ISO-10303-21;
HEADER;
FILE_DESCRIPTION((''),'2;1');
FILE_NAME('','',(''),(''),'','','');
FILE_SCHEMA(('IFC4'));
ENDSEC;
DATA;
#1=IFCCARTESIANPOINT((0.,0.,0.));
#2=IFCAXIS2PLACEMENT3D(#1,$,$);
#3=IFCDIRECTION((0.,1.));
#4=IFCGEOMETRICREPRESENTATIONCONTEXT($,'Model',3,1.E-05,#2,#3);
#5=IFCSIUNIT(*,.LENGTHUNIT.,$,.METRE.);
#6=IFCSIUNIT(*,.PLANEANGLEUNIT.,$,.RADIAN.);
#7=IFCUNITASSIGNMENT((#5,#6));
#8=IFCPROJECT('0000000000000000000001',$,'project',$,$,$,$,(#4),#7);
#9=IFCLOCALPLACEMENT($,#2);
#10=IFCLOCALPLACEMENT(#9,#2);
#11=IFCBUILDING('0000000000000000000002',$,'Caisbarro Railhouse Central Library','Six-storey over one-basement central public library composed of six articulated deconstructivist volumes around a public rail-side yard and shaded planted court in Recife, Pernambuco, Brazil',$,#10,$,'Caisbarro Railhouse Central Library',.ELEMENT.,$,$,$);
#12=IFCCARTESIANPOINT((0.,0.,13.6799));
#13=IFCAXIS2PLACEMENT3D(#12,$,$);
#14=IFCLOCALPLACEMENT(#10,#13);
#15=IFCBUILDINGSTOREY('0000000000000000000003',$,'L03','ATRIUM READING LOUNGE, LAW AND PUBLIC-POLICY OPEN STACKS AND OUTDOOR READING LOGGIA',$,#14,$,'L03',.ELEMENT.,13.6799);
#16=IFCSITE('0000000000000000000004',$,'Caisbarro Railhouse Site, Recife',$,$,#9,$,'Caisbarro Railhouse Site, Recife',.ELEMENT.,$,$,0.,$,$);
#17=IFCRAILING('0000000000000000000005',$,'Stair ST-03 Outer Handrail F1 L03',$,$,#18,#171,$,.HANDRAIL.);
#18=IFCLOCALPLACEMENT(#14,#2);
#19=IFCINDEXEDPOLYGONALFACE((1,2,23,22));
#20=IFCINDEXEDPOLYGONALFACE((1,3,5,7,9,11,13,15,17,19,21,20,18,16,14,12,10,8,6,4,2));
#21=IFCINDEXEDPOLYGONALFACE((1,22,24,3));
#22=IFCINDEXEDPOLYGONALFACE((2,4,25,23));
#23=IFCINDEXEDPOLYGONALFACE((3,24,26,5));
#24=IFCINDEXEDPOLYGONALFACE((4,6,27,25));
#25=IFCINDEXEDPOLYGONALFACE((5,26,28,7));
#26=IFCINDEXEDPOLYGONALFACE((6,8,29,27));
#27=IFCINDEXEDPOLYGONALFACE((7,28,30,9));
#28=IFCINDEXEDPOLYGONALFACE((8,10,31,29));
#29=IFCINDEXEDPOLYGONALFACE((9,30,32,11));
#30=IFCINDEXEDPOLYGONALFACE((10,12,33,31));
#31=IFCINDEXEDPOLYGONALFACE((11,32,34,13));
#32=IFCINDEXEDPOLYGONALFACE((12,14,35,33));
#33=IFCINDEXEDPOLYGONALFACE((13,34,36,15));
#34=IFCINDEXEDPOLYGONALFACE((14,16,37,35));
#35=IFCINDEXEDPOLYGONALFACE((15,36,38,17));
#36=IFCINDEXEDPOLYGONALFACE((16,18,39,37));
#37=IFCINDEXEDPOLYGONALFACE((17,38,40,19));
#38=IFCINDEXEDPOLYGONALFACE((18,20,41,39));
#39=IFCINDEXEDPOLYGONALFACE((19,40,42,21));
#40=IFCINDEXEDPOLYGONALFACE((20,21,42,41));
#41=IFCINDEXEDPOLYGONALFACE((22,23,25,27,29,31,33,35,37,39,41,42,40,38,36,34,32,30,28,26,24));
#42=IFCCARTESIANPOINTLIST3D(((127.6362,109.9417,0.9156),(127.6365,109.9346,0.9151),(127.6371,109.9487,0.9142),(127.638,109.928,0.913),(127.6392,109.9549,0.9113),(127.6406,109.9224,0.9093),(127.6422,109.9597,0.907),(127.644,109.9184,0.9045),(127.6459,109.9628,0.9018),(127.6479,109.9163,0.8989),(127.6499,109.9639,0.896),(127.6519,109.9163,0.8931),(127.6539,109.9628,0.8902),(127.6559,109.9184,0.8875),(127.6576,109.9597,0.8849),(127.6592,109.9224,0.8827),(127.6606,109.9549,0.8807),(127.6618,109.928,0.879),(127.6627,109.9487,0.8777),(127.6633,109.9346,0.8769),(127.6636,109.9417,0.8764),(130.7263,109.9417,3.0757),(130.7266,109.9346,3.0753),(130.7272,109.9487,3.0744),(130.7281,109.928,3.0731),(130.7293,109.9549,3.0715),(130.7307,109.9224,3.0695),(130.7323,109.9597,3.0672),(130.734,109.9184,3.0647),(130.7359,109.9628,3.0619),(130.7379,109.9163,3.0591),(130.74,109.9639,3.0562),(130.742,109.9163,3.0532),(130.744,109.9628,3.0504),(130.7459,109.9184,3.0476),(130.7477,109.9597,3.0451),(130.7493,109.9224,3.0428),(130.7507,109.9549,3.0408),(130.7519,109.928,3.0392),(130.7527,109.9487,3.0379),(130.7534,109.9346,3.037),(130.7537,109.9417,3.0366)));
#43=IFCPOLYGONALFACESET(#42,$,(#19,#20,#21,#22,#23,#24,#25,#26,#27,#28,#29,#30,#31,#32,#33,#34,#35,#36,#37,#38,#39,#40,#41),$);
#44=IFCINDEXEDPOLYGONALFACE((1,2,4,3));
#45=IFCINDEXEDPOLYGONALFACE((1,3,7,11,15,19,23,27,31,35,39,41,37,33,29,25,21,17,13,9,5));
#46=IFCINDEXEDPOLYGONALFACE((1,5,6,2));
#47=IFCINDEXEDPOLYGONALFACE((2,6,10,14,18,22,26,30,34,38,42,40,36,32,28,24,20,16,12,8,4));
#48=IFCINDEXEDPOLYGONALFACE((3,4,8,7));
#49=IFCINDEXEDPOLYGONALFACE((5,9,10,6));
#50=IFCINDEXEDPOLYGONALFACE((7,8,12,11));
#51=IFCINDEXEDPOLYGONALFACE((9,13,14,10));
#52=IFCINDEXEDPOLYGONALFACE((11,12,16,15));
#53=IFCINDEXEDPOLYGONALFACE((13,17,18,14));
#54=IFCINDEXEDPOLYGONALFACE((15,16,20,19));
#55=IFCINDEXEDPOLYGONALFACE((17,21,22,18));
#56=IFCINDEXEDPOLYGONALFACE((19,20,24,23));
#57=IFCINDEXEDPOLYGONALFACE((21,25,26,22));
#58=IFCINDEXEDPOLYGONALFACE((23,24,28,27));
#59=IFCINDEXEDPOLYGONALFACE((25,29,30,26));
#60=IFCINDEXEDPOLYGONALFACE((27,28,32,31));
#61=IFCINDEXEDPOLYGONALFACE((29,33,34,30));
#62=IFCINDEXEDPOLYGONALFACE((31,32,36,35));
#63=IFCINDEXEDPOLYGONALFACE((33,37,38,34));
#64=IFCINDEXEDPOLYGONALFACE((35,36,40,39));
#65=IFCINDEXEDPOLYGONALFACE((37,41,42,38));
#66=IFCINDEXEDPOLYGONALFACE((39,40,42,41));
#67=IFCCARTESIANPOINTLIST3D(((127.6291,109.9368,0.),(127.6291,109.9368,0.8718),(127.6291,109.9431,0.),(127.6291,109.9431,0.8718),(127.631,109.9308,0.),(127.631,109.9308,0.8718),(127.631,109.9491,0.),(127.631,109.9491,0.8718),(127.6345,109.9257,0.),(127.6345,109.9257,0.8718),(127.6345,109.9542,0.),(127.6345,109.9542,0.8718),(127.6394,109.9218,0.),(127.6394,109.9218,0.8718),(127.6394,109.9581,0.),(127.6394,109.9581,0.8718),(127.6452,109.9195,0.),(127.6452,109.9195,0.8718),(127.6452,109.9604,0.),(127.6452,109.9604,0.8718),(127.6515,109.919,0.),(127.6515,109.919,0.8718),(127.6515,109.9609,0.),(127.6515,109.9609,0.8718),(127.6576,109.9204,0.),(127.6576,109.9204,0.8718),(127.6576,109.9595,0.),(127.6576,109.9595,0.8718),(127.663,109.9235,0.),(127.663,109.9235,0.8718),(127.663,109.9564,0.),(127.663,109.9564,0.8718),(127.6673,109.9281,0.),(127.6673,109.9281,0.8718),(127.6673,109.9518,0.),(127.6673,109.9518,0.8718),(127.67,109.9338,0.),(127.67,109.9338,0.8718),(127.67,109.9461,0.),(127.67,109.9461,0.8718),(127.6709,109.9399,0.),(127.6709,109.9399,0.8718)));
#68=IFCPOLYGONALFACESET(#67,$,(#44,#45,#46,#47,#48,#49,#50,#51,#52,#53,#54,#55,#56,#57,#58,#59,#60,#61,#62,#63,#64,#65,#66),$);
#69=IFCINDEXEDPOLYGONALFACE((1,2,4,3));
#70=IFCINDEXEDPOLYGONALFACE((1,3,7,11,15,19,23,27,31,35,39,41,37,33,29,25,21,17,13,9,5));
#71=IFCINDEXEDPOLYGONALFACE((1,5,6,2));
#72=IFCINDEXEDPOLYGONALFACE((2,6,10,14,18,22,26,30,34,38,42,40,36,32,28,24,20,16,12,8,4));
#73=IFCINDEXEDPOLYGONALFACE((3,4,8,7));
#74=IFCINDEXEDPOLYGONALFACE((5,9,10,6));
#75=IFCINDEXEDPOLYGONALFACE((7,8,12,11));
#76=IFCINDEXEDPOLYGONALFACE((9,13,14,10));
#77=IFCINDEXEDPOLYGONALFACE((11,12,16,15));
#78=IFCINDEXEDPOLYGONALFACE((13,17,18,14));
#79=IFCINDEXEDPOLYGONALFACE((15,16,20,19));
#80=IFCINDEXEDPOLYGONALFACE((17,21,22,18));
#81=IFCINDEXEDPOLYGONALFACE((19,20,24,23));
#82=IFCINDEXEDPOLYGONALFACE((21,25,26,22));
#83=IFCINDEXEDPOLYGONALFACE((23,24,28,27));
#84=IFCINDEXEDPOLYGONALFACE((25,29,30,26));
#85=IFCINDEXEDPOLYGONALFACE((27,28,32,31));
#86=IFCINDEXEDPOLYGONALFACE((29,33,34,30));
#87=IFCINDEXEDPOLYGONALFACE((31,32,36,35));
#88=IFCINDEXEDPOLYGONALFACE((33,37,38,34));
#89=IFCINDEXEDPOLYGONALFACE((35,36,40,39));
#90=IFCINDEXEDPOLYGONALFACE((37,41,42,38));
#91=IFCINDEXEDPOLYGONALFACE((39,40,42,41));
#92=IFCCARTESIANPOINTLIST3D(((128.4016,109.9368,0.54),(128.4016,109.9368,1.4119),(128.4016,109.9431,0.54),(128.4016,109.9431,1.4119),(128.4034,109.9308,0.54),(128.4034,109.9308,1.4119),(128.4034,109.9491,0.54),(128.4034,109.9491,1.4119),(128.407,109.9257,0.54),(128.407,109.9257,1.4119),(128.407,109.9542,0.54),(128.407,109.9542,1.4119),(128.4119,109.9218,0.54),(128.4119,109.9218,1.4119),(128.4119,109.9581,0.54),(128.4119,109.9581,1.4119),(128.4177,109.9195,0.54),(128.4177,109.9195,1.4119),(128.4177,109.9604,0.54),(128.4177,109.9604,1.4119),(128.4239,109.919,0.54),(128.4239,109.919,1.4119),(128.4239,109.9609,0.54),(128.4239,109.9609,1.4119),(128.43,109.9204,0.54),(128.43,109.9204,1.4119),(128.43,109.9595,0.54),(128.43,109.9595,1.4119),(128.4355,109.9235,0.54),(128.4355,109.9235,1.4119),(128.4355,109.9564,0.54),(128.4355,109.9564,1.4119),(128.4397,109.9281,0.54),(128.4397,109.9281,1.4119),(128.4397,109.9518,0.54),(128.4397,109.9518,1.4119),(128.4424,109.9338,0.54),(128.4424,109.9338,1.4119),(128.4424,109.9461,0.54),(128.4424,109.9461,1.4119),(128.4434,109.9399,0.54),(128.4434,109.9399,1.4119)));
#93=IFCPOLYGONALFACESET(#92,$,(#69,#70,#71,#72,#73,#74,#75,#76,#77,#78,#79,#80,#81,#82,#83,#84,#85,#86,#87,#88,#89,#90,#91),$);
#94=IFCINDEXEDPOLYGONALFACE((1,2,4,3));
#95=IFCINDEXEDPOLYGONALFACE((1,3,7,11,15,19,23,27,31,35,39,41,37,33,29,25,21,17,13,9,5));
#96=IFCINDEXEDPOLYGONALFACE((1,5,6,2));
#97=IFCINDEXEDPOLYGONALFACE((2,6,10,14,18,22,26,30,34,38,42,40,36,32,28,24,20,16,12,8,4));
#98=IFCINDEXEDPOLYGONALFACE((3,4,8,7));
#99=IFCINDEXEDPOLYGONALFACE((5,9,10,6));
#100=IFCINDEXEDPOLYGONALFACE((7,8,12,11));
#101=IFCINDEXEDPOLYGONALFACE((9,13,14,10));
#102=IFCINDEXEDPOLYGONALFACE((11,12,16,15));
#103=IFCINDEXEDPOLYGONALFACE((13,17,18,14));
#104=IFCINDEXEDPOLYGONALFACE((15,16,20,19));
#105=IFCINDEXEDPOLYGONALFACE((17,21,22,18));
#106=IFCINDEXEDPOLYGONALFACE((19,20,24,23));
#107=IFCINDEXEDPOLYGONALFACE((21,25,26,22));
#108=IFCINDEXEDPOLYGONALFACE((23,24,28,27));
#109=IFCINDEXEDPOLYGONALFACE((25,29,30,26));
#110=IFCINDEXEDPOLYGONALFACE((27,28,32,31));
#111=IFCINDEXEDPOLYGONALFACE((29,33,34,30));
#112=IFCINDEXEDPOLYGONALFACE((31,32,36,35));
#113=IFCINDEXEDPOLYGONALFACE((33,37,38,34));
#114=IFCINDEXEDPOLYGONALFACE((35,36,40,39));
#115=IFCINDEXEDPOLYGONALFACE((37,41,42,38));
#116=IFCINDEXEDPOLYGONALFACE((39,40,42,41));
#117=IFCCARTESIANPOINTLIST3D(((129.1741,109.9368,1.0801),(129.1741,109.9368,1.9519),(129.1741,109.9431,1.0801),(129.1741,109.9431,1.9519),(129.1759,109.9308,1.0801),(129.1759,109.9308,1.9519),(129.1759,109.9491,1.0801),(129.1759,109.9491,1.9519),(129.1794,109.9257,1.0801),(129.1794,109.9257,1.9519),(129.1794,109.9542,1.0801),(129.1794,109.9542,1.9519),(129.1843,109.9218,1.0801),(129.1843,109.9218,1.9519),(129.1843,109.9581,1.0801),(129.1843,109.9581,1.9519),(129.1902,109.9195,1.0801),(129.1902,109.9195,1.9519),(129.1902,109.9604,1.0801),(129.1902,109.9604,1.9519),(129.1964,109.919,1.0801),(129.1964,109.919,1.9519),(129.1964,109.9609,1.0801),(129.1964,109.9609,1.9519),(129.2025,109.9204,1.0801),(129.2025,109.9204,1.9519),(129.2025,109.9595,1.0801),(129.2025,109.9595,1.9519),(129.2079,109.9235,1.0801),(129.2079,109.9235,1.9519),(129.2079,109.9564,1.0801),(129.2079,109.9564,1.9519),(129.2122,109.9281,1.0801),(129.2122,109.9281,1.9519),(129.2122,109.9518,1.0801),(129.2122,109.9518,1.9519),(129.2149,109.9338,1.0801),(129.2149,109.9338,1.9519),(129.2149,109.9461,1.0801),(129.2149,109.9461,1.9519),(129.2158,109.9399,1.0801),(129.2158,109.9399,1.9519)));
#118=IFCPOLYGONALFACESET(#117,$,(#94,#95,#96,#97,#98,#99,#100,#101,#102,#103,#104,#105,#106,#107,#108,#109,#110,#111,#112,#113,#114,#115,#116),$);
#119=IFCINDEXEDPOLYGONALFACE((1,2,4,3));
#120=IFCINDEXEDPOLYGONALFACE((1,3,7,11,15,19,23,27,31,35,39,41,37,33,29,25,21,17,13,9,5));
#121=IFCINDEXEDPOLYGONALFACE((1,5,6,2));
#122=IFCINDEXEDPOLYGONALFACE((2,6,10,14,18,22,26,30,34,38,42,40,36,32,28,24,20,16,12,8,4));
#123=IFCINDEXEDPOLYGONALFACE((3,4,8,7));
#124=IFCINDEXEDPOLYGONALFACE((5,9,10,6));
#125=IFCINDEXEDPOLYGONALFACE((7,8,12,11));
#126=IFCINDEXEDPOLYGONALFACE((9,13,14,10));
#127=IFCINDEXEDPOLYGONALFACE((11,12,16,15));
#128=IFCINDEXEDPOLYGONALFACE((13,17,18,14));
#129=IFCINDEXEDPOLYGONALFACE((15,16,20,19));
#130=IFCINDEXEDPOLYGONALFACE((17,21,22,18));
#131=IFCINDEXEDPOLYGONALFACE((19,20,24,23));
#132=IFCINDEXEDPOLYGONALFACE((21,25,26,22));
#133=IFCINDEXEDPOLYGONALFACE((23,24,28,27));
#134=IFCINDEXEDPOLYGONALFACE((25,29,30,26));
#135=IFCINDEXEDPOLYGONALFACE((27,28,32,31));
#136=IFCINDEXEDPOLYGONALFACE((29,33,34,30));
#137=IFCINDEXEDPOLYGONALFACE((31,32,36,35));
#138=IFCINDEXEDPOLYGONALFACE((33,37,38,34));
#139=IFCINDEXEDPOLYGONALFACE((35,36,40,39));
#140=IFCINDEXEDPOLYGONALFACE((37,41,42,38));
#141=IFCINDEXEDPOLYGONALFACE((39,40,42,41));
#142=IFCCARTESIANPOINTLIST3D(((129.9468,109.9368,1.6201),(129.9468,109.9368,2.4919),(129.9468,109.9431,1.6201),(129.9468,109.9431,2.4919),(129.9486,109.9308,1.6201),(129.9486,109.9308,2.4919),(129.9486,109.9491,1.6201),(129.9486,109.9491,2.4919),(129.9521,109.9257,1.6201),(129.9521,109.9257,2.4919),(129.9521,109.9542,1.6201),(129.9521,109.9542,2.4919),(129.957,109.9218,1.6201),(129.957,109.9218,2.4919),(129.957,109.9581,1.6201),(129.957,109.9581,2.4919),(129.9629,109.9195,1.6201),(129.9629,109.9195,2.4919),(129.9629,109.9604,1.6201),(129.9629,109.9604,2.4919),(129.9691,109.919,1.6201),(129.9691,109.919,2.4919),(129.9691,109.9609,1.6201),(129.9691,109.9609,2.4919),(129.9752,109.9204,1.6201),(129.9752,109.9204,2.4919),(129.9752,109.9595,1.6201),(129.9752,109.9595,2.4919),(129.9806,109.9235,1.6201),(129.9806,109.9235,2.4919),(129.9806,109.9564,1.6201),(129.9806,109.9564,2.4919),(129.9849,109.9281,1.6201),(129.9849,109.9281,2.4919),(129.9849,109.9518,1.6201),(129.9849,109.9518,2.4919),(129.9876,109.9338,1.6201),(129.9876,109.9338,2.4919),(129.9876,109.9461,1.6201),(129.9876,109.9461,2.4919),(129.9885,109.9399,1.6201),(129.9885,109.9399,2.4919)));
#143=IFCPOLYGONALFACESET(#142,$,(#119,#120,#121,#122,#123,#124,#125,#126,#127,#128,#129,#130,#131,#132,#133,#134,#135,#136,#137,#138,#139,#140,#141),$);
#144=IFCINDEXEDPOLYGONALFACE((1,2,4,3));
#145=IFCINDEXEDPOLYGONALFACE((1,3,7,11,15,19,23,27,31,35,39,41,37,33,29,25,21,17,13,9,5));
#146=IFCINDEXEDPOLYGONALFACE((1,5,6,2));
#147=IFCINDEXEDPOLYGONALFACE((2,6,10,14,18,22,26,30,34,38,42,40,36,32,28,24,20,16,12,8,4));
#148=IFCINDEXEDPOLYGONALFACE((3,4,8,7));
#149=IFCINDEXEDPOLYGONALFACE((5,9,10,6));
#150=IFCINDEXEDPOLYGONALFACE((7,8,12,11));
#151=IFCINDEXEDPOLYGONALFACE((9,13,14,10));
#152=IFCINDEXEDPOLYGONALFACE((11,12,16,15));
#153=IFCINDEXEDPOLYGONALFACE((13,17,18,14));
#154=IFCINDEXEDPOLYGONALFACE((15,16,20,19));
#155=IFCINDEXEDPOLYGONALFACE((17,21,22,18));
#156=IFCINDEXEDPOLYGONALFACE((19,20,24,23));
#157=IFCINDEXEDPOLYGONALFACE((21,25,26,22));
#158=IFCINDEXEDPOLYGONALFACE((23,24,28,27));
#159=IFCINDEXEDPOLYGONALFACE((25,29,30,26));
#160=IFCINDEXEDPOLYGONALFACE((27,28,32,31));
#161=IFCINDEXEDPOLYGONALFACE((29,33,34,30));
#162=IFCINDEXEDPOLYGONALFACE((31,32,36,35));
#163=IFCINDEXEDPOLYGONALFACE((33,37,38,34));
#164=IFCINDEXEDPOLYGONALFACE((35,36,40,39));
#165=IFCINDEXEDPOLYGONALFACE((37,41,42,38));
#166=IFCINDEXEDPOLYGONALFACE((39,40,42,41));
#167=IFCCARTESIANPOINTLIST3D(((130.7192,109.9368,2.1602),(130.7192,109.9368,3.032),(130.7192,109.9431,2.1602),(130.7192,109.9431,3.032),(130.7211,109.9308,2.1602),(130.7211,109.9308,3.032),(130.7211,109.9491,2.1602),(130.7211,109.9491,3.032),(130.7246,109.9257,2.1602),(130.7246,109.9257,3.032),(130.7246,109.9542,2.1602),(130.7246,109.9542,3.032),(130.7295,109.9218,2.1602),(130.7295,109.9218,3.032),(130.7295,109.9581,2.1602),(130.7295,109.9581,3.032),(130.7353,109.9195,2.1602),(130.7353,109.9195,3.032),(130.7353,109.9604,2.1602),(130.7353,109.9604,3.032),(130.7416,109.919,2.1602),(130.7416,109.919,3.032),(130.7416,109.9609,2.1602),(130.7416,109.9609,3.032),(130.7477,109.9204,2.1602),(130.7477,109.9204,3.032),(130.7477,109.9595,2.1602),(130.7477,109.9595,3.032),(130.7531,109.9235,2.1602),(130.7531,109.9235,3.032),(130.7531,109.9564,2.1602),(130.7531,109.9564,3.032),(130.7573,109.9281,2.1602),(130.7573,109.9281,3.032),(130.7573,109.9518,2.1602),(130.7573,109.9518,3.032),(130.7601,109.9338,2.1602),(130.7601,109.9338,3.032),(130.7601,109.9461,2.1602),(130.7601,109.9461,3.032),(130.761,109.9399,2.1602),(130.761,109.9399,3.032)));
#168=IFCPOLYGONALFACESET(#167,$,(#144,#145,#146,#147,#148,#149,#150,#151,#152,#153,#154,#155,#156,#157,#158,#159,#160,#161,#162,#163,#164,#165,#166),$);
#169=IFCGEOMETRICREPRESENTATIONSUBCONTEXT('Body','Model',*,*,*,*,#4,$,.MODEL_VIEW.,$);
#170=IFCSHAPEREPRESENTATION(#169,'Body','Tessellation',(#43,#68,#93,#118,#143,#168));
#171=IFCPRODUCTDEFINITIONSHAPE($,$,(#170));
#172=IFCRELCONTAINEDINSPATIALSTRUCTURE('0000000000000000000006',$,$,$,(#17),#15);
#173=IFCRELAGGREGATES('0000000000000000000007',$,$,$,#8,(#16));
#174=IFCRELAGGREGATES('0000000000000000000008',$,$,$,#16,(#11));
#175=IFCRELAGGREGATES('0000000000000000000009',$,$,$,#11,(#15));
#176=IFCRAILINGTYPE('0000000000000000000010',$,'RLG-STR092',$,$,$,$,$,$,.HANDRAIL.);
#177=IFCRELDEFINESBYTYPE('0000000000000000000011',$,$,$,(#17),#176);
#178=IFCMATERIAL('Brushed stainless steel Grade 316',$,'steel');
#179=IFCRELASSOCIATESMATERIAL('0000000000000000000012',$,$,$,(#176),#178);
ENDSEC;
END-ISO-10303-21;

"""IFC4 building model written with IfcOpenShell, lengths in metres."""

from ifc_helpers import new_model, si_unit, direction, frame, origin, origin_2d, place, context, subcontext, project, spatial, circle, extrude, material, type_object, element, save


model = new_model("IFC4")

# Units and contexts
model_context = context("Model", 3, precision=1e-05, world=origin(), true_north=direction((0.0, 1.0)))
body_context = subcontext(model_context, "Body", "Model", "MODEL_VIEW")
ifc_project = project(units=[si_unit("LENGTHUNIT", "METRE"), si_unit("PLANEANGLEUNIT", "RADIAN")], contexts=[model_context])

# Site, building, storey
site_placement = place(None, origin())
site = spatial("IfcSite", under=ifc_project, at=site_placement, Name="Caisbarro Railhouse Site, Recife", LongName="Caisbarro Railhouse Site, Recife", CompositionType="ELEMENT", RefElevation=0.0)
building_placement = place(site_placement, origin())
building = spatial("IfcBuilding", under=site, at=building_placement, Name="Caisbarro Railhouse Central Library", Description="Six-storey over one-basement central public library composed of six articulated deconstructivist volumes around a public rail-side yard and shaded planted court in Recife, Pernambuco, Brazil", LongName="Caisbarro Railhouse Central Library", CompositionType="ELEMENT")
storey_placement = place(building_placement, frame((0.0, 0.0, 13.6799)))
storey = spatial("IfcBuildingStorey", under=building, at=storey_placement, Name="L03", Description="ATRIUM READING LOUNGE, LAW AND PUBLIC-POLICY OPEN STACKS AND OUTDOOR READING LOGGIA", LongName="L03", CompositionType="ELEMENT", Elevation=13.6799)

# Railing
ifc_material_1 = material(Name="Brushed stainless steel Grade 316", Category="steel")
railing_type_1 = type_object("IfcRailingType", Name="RLG-STR092", PredefinedType="HANDRAIL", material=ifc_material_1)
railing_1_placement = place(storey_placement, frame((127.6499, 109.9399, 0.0)))
element("IfcRailing", 1, at=railing_1_placement, inside=storey, type_object=railing_type_1, Name="Stair ST-03 Outer Handrail F1 L03", PredefinedType="HANDRAIL", context=body_context, shape_type="SweptSolid", body=[
    extrude(circle(Radius=0.0239, at=origin_2d()), frame((0.0, 0.0, 0.896), z_axis=(0.819594, 0.0, 0.572945), x_axis=(0.0, 1.0, 0.0)), (0.0, 0.0, 1.0), 3.7703),
    extrude(circle(Radius=0.021, at=origin_2d()), origin(), (0.0, 0.0, 1.0), 0.8718),
    extrude(circle(Radius=0.021, at=origin_2d()), frame((0.7725, 0.0, 0.54)), (0.0, 0.0, 1.0), 0.8718),
    extrude(circle(Radius=0.021, at=origin_2d()), frame((1.5449, 0.0, 1.0801)), (0.0, 0.0, 1.0), 0.8718),
    extrude(circle(Radius=0.021, at=origin_2d()), frame((2.3176, 0.0, 1.6201)), (0.0, 0.0, 1.0), 0.8718),
    extrude(circle(Radius=0.021, at=origin_2d()), frame((3.0901, 0.0, 2.1602)), (0.0, 0.0, 1.0), 0.8718),
])

save(model, "model.ifc")
